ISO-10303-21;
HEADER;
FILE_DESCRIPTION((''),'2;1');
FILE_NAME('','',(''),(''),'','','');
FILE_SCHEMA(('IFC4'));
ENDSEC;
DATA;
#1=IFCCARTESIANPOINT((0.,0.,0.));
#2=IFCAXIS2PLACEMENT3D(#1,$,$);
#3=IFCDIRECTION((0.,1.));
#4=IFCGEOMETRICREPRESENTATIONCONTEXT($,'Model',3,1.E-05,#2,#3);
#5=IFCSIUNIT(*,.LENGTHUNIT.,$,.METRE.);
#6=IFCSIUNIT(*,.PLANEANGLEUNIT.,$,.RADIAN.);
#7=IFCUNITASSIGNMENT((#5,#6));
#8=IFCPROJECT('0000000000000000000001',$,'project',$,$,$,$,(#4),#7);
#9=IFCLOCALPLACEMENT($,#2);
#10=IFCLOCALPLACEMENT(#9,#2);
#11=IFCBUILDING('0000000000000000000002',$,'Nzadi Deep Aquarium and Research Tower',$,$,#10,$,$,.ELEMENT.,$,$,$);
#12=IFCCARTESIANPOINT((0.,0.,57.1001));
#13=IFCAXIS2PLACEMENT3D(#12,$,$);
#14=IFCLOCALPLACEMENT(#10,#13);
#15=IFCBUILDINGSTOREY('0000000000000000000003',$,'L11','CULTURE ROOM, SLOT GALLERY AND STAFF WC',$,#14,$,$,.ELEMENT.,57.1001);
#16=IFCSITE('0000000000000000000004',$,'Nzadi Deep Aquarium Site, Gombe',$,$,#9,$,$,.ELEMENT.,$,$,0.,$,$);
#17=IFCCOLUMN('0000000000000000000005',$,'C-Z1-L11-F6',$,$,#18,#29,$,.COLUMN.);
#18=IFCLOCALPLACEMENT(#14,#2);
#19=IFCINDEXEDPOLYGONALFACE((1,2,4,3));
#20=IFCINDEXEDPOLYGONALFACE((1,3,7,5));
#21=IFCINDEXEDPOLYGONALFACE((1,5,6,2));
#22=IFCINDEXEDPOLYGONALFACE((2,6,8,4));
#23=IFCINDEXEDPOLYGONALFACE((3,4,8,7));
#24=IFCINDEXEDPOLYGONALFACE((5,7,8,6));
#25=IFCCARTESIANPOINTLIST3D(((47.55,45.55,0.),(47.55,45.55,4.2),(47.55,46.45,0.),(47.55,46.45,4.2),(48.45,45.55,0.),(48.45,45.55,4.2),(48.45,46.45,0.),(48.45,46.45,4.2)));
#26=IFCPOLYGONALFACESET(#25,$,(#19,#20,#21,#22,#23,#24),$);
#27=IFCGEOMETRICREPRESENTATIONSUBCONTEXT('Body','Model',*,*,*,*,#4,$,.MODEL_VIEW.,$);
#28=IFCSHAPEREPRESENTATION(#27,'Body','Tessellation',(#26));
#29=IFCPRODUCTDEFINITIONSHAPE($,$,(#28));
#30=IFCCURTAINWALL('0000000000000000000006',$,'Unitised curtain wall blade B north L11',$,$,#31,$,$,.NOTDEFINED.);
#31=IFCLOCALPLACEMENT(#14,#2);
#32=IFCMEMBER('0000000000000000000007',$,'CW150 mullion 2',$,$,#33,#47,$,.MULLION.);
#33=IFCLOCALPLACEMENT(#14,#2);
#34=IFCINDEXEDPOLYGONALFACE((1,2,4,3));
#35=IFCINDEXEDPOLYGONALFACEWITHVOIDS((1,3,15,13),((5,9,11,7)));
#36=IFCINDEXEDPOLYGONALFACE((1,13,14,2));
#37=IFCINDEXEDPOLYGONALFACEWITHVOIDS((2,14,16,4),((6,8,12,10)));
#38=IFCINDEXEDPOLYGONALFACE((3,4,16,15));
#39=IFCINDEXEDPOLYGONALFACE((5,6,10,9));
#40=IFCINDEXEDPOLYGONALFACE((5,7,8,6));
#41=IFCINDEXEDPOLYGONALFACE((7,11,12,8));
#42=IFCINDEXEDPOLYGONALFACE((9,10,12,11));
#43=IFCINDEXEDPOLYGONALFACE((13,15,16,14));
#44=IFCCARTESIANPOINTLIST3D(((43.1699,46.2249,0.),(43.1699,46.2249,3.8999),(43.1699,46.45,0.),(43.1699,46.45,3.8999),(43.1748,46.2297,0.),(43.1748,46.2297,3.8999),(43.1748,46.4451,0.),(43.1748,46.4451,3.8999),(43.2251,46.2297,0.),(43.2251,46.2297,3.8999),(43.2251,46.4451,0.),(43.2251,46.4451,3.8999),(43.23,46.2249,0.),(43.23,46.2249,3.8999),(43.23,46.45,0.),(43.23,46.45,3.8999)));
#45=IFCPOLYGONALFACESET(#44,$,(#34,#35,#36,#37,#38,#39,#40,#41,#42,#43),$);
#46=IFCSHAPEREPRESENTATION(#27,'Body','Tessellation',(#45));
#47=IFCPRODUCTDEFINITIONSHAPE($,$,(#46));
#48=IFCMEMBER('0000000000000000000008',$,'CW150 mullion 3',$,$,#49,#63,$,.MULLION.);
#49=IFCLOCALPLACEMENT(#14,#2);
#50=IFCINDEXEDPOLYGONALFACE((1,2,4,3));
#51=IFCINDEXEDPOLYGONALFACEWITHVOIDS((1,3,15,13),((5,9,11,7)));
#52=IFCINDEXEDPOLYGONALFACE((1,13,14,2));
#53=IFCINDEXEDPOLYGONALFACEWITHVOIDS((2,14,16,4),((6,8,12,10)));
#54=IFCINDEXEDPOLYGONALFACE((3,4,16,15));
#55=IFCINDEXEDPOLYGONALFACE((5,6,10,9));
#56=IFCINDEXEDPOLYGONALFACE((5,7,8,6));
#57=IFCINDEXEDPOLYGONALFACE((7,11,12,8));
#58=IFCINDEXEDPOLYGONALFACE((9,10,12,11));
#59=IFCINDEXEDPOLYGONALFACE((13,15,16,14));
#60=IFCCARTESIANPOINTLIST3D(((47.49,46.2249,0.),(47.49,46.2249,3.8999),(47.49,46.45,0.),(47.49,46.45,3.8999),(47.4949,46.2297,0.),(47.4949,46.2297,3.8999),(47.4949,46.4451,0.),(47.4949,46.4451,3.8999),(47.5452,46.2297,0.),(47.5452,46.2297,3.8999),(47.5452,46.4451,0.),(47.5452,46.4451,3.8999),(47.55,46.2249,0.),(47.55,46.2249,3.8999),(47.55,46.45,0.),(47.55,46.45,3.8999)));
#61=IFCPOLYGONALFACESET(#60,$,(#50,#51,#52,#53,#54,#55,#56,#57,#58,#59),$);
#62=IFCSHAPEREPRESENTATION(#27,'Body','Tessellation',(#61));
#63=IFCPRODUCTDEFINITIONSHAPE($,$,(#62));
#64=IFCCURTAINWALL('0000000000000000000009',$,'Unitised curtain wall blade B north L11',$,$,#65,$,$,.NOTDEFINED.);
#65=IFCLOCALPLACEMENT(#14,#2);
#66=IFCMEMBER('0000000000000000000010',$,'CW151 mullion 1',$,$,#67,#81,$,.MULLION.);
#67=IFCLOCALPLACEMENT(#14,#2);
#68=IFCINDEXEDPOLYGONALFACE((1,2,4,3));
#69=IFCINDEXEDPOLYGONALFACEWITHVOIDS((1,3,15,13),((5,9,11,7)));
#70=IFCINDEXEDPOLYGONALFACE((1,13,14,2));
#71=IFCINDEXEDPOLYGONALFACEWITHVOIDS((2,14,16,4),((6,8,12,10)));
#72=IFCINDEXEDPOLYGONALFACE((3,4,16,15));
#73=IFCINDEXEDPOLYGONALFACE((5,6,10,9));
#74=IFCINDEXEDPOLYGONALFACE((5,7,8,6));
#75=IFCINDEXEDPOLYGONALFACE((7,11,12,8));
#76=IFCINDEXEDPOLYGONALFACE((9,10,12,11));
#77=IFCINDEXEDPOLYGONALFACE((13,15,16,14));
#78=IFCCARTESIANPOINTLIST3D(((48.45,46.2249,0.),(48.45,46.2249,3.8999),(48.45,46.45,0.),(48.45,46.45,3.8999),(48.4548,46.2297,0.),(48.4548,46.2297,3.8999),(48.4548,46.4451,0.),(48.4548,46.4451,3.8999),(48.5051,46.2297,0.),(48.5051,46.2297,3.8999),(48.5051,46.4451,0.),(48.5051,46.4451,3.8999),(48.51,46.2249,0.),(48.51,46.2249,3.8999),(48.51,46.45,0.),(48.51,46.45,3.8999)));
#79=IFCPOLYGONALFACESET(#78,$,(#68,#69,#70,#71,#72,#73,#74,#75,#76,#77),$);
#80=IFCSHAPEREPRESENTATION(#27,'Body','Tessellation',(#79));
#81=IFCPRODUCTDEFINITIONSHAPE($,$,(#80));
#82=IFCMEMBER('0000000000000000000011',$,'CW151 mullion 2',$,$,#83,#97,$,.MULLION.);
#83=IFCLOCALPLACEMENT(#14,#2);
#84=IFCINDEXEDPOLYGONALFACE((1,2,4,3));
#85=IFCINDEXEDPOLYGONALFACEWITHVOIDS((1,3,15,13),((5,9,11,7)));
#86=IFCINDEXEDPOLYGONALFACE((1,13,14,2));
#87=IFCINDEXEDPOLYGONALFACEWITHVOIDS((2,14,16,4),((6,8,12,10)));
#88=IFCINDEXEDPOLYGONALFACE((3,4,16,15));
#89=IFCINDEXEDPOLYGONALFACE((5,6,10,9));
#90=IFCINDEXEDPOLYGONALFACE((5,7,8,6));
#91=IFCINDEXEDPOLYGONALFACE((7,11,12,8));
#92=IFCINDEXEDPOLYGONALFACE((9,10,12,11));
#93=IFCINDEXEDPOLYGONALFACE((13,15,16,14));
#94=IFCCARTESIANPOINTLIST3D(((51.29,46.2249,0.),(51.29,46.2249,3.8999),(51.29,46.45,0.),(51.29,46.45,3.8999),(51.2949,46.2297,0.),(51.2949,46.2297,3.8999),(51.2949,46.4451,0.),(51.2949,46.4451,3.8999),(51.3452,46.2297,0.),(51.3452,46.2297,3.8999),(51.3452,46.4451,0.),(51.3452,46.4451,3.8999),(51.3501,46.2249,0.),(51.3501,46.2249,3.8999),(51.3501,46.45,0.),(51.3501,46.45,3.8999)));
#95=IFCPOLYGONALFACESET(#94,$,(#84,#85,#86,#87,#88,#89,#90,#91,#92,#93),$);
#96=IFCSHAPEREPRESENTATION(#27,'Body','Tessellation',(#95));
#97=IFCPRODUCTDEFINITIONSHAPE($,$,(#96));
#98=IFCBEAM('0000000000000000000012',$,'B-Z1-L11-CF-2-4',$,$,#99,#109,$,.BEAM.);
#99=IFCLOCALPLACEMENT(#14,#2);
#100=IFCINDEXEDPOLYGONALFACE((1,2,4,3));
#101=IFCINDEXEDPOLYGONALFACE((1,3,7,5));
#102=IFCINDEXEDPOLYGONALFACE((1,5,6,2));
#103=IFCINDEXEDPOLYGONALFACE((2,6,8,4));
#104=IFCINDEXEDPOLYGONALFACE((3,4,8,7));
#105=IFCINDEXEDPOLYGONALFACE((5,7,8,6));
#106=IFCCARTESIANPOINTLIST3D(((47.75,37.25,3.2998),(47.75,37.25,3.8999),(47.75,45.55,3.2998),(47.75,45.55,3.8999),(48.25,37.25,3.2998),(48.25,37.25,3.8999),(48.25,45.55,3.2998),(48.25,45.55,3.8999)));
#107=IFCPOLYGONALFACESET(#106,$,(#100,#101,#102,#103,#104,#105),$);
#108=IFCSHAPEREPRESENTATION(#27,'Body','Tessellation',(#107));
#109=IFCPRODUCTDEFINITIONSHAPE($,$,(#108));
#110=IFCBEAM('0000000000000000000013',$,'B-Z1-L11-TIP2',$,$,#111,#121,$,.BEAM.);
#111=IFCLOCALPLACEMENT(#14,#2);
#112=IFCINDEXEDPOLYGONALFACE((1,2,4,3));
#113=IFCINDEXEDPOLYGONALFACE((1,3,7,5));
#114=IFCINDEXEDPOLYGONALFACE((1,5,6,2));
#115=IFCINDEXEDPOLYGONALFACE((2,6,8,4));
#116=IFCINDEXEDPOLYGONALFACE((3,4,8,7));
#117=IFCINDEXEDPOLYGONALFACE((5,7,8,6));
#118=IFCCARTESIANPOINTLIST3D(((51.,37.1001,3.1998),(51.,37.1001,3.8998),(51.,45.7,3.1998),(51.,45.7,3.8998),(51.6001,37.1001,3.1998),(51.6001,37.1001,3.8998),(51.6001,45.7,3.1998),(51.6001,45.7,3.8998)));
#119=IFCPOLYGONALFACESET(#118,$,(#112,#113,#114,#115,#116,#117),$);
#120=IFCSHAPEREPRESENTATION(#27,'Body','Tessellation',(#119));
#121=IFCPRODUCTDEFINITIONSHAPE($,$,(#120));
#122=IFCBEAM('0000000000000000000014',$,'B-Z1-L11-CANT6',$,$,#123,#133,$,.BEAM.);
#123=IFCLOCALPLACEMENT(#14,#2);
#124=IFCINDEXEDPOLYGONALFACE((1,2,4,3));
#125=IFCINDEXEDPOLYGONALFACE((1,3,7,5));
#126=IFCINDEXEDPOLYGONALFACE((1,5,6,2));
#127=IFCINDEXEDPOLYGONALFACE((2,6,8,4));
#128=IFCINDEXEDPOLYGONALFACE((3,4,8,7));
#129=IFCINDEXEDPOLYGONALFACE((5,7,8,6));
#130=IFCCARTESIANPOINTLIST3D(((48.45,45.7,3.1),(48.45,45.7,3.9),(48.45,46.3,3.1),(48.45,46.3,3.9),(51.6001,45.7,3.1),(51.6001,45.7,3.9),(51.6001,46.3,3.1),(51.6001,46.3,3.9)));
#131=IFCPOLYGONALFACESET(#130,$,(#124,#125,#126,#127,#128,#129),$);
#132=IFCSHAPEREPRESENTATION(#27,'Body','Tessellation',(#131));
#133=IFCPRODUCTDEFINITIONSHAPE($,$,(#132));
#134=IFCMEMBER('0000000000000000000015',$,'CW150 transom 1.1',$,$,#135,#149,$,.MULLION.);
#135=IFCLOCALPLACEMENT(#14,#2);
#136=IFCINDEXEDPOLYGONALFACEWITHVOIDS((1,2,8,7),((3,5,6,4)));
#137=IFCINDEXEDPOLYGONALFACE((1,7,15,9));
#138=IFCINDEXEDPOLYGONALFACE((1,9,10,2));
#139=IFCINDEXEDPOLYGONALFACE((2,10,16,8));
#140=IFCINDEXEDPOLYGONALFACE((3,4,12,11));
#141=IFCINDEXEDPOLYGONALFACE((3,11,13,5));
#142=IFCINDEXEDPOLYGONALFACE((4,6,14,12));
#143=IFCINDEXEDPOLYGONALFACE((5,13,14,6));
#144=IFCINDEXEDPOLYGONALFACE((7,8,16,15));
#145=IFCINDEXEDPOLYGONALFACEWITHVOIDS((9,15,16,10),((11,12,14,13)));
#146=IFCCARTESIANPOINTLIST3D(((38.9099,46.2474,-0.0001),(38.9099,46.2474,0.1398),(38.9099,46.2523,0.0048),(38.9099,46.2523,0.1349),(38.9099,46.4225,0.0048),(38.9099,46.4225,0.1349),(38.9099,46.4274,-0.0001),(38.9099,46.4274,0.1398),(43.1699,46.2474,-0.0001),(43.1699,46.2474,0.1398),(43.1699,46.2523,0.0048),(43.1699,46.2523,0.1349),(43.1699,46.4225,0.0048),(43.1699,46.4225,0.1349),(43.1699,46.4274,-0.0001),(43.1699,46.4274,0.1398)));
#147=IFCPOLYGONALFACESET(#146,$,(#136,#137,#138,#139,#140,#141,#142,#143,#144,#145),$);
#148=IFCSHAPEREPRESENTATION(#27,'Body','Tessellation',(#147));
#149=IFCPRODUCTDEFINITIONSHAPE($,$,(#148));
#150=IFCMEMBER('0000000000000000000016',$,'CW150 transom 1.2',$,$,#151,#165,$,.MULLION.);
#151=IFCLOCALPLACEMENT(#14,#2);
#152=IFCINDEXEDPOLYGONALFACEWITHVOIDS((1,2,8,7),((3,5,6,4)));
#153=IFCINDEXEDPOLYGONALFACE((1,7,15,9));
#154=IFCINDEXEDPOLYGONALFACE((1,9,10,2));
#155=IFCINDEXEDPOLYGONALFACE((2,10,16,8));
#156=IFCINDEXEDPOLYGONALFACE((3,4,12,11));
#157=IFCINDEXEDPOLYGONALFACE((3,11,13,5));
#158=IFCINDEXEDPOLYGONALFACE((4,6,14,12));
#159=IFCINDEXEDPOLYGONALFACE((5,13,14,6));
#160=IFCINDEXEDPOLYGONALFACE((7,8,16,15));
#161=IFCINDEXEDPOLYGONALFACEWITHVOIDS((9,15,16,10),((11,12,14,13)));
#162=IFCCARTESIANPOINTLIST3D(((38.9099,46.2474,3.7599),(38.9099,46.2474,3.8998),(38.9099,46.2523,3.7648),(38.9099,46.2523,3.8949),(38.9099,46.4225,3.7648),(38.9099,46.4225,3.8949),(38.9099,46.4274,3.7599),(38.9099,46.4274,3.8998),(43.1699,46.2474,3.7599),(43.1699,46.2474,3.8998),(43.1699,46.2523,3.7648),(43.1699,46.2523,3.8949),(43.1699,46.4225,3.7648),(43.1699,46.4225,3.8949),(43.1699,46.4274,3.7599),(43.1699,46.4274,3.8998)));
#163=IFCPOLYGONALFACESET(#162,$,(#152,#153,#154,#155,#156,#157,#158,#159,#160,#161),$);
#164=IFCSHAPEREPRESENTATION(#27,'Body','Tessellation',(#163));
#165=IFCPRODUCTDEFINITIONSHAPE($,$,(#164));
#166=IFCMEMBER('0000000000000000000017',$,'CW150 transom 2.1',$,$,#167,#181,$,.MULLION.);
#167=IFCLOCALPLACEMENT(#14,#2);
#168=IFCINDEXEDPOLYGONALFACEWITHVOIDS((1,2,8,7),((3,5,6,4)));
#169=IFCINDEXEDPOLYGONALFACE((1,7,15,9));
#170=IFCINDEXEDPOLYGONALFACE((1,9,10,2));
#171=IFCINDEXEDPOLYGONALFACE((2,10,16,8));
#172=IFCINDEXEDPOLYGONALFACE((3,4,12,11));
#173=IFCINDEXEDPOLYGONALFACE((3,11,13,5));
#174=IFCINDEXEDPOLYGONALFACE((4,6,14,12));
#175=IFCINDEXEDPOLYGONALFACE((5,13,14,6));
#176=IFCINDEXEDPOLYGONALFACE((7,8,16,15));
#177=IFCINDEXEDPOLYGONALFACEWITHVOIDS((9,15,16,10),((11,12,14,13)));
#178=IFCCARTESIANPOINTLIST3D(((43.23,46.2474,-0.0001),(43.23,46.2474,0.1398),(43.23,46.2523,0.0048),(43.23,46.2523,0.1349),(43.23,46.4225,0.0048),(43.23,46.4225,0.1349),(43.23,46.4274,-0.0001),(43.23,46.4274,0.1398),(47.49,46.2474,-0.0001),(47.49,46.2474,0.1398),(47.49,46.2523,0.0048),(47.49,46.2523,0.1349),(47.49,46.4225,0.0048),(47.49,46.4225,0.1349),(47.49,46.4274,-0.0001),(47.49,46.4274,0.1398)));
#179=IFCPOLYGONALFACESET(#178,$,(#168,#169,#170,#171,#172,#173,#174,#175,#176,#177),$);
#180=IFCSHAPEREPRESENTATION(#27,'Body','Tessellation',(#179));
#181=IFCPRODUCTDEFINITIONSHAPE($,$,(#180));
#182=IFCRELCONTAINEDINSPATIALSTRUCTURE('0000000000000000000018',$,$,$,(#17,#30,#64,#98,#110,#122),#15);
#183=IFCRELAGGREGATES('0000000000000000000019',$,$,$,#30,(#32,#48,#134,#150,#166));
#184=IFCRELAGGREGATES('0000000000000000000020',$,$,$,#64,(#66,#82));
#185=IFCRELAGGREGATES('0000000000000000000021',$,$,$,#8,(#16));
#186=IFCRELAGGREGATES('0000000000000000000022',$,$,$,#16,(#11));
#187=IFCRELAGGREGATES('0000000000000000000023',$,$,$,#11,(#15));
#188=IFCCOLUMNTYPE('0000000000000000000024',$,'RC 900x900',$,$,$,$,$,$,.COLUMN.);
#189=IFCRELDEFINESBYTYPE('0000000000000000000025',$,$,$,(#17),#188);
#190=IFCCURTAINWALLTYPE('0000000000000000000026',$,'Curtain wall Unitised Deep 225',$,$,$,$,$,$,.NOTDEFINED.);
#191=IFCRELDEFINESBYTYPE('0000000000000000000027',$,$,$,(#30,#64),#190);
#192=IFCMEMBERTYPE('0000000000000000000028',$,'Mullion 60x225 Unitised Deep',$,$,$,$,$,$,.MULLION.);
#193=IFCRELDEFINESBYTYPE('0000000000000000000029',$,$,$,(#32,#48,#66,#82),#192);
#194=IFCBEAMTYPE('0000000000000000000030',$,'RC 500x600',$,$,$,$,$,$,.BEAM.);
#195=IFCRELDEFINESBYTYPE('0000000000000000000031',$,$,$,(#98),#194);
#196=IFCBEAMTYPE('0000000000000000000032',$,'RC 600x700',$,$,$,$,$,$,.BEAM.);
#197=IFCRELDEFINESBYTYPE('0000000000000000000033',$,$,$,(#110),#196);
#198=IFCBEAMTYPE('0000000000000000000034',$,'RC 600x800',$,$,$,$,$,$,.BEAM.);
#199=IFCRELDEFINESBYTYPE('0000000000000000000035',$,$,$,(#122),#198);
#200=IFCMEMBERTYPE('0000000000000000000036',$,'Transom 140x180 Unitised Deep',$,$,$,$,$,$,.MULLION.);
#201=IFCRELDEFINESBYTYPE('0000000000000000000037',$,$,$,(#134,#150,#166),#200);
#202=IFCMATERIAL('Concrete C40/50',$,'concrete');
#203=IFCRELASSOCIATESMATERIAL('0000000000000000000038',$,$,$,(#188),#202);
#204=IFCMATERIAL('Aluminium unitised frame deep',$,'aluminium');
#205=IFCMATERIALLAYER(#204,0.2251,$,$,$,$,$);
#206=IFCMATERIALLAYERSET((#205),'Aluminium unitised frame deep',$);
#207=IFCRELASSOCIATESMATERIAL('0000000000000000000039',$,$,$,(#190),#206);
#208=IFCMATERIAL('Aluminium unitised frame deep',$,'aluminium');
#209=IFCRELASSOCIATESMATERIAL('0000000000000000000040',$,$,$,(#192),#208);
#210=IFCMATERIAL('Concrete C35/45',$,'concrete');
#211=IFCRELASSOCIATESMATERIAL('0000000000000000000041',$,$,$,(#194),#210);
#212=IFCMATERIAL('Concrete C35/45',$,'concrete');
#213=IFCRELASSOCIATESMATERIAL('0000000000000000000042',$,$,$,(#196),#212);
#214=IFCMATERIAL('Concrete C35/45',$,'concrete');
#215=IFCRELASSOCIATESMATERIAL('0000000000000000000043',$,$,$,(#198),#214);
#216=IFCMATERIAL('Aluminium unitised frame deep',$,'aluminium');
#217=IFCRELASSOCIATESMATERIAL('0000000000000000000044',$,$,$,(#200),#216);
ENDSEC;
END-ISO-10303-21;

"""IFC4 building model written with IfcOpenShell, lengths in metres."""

from ifc_helpers import new_model, si_unit, direction, frame, origin, origin_2d, place, context, subcontext, project, spatial, rectangle, hollow_rectangle, extrude, material, layer, layer_set, material_profile, profile_set, type_object, element, aggregate, save


model = new_model("IFC4")

# Units and contexts
model_context = context("Model", 3, precision=1e-05, world=origin(), true_north=direction((0.0, 1.0)))
body_context = subcontext(model_context, "Body", "Model", "MODEL_VIEW")
ifc_project = project(units=[si_unit("LENGTHUNIT", "METRE"), si_unit("PLANEANGLEUNIT", "RADIAN")], contexts=[model_context])

# Site, building, storey
site_placement = place(None, origin())
site = spatial("IfcSite", under=ifc_project, at=site_placement, Name="Nzadi Deep Aquarium Site, Gombe", CompositionType="ELEMENT", RefElevation=0.0)
building_placement = place(site_placement, origin())
building = spatial("IfcBuilding", under=site, at=building_placement, Name="Nzadi Deep Aquarium and Research Tower", CompositionType="ELEMENT")
storey_placement = place(building_placement, frame((0.0, 0.0, 57.1001)))
storey = spatial("IfcBuildingStorey", under=building, at=storey_placement, Name="L11", Description="CULTURE ROOM, SLOT GALLERY AND STAFF WC", CompositionType="ELEMENT", Elevation=57.1001)

# Column
ifc_material_1 = material(Name="Concrete C40/50", Category="concrete")
ifc_material_profile_1 = material_profile(ifc_material_1, rectangle(XDim=0.8999, YDim=0.8999, at=origin_2d()))
ifc_profile_set_1 = profile_set([ifc_material_profile_1], Name="Concrete C40/50")
column_type = type_object("IfcColumnType", Name="RC 900x900", PredefinedType="COLUMN", material=ifc_profile_set_1)
column_placement = place(storey_placement, frame((48.0, 46.0, 0.0), z_axis=(0.0, 0.0, 1.0), x_axis=(1.0, 0.0, 0.0)))
element("IfcColumn", 1, at=column_placement, inside=storey, type_object=column_type, Name="C-Z1-L11-F6", PredefinedType="COLUMN", context=body_context, shape_type="SweptSolid", body=[
    extrude(rectangle(XDim=0.8999, YDim=0.8999, at=origin_2d()), origin(), (0.0, 0.0, 1.0), 4.2),
])

# Curtain walls, members
ifc_material_2 = material(Name="Aluminium unitised frame deep", Category="aluminium")
ifc_layer_1 = layer(ifc_material_2, 0.2251)
ifc_layer_set_1 = layer_set([ifc_layer_1], Name="Aluminium unitised frame deep")
curtain_wall_type = type_object("IfcCurtainWallType", Name="Curtain wall Unitised Deep 225", PredefinedType="NOTDEFINED", material=ifc_layer_set_1)
curtain_wall_1_placement = place(storey_placement, origin())
curtain_wall_1 = element("IfcCurtainWall", 2, at=curtain_wall_1_placement, inside=storey, type_object=curtain_wall_type, Name="Unitised curtain wall blade B north L11", PredefinedType="NOTDEFINED")
ifc_material_3 = material(Name="Aluminium unitised frame deep", Category="aluminium")
ifc_material_profile_2 = material_profile(ifc_material_3, hollow_rectangle(XDim=0.2251, YDim=0.0601, WallThickness=0.0049, at=origin_2d()))
ifc_profile_set_2 = profile_set([ifc_material_profile_2], Name="Aluminium unitised frame deep")
member_type_1 = type_object("IfcMemberType", Name="Mullion 60x225 Unitised Deep", PredefinedType="MULLION", material=ifc_profile_set_2)
member_1_placement = place(storey_placement, frame((43.2, 46.3374, 0.0), z_axis=(0.0, 0.0, 1.0), x_axis=(0.0, 1.0, 0.0)))
member_1 = element("IfcMember", 3, at=member_1_placement, type_object=member_type_1, Name="CW150 mullion 2", PredefinedType="MULLION", context=body_context, shape_type="SweptSolid", body=[
    extrude(hollow_rectangle(XDim=0.2251, YDim=0.0601, WallThickness=0.0049, at=origin_2d()), origin(), (0.0, 0.0, 1.0), 3.8999),
])
member_2_placement = place(storey_placement, frame((47.52, 46.3374, 0.0), z_axis=(0.0, 0.0, 1.0), x_axis=(0.0, 1.0, 0.0)))
member_2 = element("IfcMember", 4, at=member_2_placement, type_object=member_type_1, Name="CW150 mullion 3", PredefinedType="MULLION", context=body_context, shape_type="SweptSolid", body=[
    extrude(hollow_rectangle(XDim=0.2251, YDim=0.0601, WallThickness=0.0049, at=origin_2d()), origin(), (0.0, 0.0, 1.0), 3.8999),
])
curtain_wall_2_placement = place(storey_placement, origin())
curtain_wall_2 = element("IfcCurtainWall", 5, at=curtain_wall_2_placement, inside=storey, type_object=curtain_wall_type, Name="Unitised curtain wall blade B north L11", PredefinedType="NOTDEFINED")
member_3_placement = place(storey_placement, frame((48.48, 46.3374, 0.0), z_axis=(0.0, 0.0, 1.0), x_axis=(0.0, 1.0, 0.0)))
member_3 = element("IfcMember", 6, at=member_3_placement, type_object=member_type_1, Name="CW151 mullion 1", PredefinedType="MULLION", context=body_context, shape_type="SweptSolid", body=[
    extrude(hollow_rectangle(XDim=0.2251, YDim=0.0601, WallThickness=0.0049, at=origin_2d()), origin(), (0.0, 0.0, 1.0), 3.8999),
])
member_4_placement = place(storey_placement, frame((51.3201, 46.3374, 0.0), z_axis=(0.0, 0.0, 1.0), x_axis=(0.0, 1.0, 0.0)))
member_4 = element("IfcMember", 7, at=member_4_placement, type_object=member_type_1, Name="CW151 mullion 2", PredefinedType="MULLION", context=body_context, shape_type="SweptSolid", body=[
    extrude(hollow_rectangle(XDim=0.2251, YDim=0.0601, WallThickness=0.0049, at=origin_2d()), origin(), (0.0, 0.0, 1.0), 3.8999),
])

# Beams
ifc_material_4 = material(Name="Concrete C35/45", Category="concrete")
ifc_material_profile_3 = material_profile(ifc_material_4, rectangle(XDim=0.5, YDim=0.6001, at=origin_2d()))
ifc_profile_set_3 = profile_set([ifc_material_profile_3], Name="Concrete C35/45")
beam_type_1 = type_object("IfcBeamType", Name="RC 500x600", PredefinedType="BEAM", material=ifc_profile_set_3)
beam_1_placement = place(storey_placement, frame((48.0, 37.25, 3.5999), z_axis=(0.0, 1.0, 0.0), x_axis=(-1.0, 0.0, 0.0)))
element("IfcBeam", 8, at=beam_1_placement, inside=storey, type_object=beam_type_1, Name="B-Z1-L11-CF-2-4", PredefinedType="BEAM", context=body_context, shape_type="SweptSolid", body=[
    extrude(rectangle(XDim=0.5, YDim=0.6001, at=origin_2d()), origin(), (0.0, 0.0, 1.0), 8.3),
])
ifc_material_5 = material(Name="Concrete C35/45", Category="concrete")
ifc_material_profile_4 = material_profile(ifc_material_5, rectangle(XDim=0.6001, YDim=0.7, at=origin_2d()))
ifc_profile_set_4 = profile_set([ifc_material_profile_4], Name="Concrete C35/45")
beam_type_2 = type_object("IfcBeamType", Name="RC 600x700", PredefinedType="BEAM", material=ifc_profile_set_4)
beam_2_placement = place(storey_placement, frame((51.3, 37.1001, 3.5498), z_axis=(0.0, 1.0, 0.0), x_axis=(-1.0, 0.0, 0.0)))
element("IfcBeam", 9, at=beam_2_placement, inside=storey, type_object=beam_type_2, Name="B-Z1-L11-TIP2", PredefinedType="BEAM", context=body_context, shape_type="SweptSolid", body=[
    extrude(rectangle(XDim=0.6001, YDim=0.7, at=origin_2d()), origin(), (0.0, 0.0, 1.0), 8.5999),
])
ifc_material_6 = material(Name="Concrete C35/45", Category="concrete")
ifc_material_profile_5 = material_profile(ifc_material_6, rectangle(XDim=0.6001, YDim=0.8, at=origin_2d()))
ifc_profile_set_5 = profile_set([ifc_material_profile_5], Name="Concrete C35/45")
beam_type_3 = type_object("IfcBeamType", Name="RC 600x800", PredefinedType="BEAM", material=ifc_profile_set_5)
beam_3_placement = place(storey_placement, frame((48.45, 46.0, 3.5), z_axis=(1.0, 0.0, 0.0), x_axis=(0.0, 1.0, 0.0)))
element("IfcBeam", 10, at=beam_3_placement, inside=storey, type_object=beam_type_3, Name="B-Z1-L11-CANT6", PredefinedType="BEAM", context=body_context, shape_type="SweptSolid", body=[
    extrude(rectangle(XDim=0.6001, YDim=0.8, at=origin_2d()), origin(), (0.0, 0.0, 1.0), 3.1501),
])

# Members
ifc_material_7 = material(Name="Aluminium unitised frame deep", Category="aluminium")
ifc_material_profile_6 = material_profile(ifc_material_7, hollow_rectangle(XDim=0.1799, YDim=0.1399, WallThickness=0.0049, at=origin_2d()))
ifc_profile_set_6 = profile_set([ifc_material_profile_6], Name="Aluminium unitised frame deep")
member_type_2 = type_object("IfcMemberType", Name="Transom 140x180 Unitised Deep", PredefinedType="MULLION", material=ifc_profile_set_6)
member_5_placement = place(storey_placement, frame((38.9099, 46.3374, 0.0698), z_axis=(1.0, 0.0, 0.0), x_axis=(0.0, 1.0, 0.0)))
member_5 = element("IfcMember", 11, at=member_5_placement, type_object=member_type_2, Name="CW150 transom 1.1", PredefinedType="MULLION", context=body_context, shape_type="SweptSolid", body=[
    extrude(hollow_rectangle(XDim=0.1799, YDim=0.1399, WallThickness=0.0049, at=origin_2d()), origin(), (0.0, 0.0, 1.0), 4.26),
])
member_6_placement = place(storey_placement, frame((38.9099, 46.3374, 3.8298), z_axis=(1.0, 0.0, 0.0), x_axis=(0.0, 1.0, 0.0)))
member_6 = element("IfcMember", 12, at=member_6_placement, type_object=member_type_2, Name="CW150 transom 1.2", PredefinedType="MULLION", context=body_context, shape_type="SweptSolid", body=[
    extrude(hollow_rectangle(XDim=0.1799, YDim=0.1399, WallThickness=0.0049, at=origin_2d()), origin(), (0.0, 0.0, 1.0), 4.26),
])
member_7_placement = place(storey_placement, frame((43.23, 46.3374, 0.0698), z_axis=(1.0, 0.0, 0.0), x_axis=(0.0, 1.0, 0.0)))
member_7 = element("IfcMember", 13, at=member_7_placement, type_object=member_type_2, Name="CW150 transom 2.1", PredefinedType="MULLION", context=body_context, shape_type="SweptSolid", body=[
    extrude(hollow_rectangle(XDim=0.1799, YDim=0.1399, WallThickness=0.0049, at=origin_2d()), origin(), (0.0, 0.0, 1.0), 4.26),
])

aggregate(curtain_wall_1, [member_1, member_2, member_5, member_6, member_7])
aggregate(curtain_wall_2, [member_3, member_4])

save(model, "model.ifc")
